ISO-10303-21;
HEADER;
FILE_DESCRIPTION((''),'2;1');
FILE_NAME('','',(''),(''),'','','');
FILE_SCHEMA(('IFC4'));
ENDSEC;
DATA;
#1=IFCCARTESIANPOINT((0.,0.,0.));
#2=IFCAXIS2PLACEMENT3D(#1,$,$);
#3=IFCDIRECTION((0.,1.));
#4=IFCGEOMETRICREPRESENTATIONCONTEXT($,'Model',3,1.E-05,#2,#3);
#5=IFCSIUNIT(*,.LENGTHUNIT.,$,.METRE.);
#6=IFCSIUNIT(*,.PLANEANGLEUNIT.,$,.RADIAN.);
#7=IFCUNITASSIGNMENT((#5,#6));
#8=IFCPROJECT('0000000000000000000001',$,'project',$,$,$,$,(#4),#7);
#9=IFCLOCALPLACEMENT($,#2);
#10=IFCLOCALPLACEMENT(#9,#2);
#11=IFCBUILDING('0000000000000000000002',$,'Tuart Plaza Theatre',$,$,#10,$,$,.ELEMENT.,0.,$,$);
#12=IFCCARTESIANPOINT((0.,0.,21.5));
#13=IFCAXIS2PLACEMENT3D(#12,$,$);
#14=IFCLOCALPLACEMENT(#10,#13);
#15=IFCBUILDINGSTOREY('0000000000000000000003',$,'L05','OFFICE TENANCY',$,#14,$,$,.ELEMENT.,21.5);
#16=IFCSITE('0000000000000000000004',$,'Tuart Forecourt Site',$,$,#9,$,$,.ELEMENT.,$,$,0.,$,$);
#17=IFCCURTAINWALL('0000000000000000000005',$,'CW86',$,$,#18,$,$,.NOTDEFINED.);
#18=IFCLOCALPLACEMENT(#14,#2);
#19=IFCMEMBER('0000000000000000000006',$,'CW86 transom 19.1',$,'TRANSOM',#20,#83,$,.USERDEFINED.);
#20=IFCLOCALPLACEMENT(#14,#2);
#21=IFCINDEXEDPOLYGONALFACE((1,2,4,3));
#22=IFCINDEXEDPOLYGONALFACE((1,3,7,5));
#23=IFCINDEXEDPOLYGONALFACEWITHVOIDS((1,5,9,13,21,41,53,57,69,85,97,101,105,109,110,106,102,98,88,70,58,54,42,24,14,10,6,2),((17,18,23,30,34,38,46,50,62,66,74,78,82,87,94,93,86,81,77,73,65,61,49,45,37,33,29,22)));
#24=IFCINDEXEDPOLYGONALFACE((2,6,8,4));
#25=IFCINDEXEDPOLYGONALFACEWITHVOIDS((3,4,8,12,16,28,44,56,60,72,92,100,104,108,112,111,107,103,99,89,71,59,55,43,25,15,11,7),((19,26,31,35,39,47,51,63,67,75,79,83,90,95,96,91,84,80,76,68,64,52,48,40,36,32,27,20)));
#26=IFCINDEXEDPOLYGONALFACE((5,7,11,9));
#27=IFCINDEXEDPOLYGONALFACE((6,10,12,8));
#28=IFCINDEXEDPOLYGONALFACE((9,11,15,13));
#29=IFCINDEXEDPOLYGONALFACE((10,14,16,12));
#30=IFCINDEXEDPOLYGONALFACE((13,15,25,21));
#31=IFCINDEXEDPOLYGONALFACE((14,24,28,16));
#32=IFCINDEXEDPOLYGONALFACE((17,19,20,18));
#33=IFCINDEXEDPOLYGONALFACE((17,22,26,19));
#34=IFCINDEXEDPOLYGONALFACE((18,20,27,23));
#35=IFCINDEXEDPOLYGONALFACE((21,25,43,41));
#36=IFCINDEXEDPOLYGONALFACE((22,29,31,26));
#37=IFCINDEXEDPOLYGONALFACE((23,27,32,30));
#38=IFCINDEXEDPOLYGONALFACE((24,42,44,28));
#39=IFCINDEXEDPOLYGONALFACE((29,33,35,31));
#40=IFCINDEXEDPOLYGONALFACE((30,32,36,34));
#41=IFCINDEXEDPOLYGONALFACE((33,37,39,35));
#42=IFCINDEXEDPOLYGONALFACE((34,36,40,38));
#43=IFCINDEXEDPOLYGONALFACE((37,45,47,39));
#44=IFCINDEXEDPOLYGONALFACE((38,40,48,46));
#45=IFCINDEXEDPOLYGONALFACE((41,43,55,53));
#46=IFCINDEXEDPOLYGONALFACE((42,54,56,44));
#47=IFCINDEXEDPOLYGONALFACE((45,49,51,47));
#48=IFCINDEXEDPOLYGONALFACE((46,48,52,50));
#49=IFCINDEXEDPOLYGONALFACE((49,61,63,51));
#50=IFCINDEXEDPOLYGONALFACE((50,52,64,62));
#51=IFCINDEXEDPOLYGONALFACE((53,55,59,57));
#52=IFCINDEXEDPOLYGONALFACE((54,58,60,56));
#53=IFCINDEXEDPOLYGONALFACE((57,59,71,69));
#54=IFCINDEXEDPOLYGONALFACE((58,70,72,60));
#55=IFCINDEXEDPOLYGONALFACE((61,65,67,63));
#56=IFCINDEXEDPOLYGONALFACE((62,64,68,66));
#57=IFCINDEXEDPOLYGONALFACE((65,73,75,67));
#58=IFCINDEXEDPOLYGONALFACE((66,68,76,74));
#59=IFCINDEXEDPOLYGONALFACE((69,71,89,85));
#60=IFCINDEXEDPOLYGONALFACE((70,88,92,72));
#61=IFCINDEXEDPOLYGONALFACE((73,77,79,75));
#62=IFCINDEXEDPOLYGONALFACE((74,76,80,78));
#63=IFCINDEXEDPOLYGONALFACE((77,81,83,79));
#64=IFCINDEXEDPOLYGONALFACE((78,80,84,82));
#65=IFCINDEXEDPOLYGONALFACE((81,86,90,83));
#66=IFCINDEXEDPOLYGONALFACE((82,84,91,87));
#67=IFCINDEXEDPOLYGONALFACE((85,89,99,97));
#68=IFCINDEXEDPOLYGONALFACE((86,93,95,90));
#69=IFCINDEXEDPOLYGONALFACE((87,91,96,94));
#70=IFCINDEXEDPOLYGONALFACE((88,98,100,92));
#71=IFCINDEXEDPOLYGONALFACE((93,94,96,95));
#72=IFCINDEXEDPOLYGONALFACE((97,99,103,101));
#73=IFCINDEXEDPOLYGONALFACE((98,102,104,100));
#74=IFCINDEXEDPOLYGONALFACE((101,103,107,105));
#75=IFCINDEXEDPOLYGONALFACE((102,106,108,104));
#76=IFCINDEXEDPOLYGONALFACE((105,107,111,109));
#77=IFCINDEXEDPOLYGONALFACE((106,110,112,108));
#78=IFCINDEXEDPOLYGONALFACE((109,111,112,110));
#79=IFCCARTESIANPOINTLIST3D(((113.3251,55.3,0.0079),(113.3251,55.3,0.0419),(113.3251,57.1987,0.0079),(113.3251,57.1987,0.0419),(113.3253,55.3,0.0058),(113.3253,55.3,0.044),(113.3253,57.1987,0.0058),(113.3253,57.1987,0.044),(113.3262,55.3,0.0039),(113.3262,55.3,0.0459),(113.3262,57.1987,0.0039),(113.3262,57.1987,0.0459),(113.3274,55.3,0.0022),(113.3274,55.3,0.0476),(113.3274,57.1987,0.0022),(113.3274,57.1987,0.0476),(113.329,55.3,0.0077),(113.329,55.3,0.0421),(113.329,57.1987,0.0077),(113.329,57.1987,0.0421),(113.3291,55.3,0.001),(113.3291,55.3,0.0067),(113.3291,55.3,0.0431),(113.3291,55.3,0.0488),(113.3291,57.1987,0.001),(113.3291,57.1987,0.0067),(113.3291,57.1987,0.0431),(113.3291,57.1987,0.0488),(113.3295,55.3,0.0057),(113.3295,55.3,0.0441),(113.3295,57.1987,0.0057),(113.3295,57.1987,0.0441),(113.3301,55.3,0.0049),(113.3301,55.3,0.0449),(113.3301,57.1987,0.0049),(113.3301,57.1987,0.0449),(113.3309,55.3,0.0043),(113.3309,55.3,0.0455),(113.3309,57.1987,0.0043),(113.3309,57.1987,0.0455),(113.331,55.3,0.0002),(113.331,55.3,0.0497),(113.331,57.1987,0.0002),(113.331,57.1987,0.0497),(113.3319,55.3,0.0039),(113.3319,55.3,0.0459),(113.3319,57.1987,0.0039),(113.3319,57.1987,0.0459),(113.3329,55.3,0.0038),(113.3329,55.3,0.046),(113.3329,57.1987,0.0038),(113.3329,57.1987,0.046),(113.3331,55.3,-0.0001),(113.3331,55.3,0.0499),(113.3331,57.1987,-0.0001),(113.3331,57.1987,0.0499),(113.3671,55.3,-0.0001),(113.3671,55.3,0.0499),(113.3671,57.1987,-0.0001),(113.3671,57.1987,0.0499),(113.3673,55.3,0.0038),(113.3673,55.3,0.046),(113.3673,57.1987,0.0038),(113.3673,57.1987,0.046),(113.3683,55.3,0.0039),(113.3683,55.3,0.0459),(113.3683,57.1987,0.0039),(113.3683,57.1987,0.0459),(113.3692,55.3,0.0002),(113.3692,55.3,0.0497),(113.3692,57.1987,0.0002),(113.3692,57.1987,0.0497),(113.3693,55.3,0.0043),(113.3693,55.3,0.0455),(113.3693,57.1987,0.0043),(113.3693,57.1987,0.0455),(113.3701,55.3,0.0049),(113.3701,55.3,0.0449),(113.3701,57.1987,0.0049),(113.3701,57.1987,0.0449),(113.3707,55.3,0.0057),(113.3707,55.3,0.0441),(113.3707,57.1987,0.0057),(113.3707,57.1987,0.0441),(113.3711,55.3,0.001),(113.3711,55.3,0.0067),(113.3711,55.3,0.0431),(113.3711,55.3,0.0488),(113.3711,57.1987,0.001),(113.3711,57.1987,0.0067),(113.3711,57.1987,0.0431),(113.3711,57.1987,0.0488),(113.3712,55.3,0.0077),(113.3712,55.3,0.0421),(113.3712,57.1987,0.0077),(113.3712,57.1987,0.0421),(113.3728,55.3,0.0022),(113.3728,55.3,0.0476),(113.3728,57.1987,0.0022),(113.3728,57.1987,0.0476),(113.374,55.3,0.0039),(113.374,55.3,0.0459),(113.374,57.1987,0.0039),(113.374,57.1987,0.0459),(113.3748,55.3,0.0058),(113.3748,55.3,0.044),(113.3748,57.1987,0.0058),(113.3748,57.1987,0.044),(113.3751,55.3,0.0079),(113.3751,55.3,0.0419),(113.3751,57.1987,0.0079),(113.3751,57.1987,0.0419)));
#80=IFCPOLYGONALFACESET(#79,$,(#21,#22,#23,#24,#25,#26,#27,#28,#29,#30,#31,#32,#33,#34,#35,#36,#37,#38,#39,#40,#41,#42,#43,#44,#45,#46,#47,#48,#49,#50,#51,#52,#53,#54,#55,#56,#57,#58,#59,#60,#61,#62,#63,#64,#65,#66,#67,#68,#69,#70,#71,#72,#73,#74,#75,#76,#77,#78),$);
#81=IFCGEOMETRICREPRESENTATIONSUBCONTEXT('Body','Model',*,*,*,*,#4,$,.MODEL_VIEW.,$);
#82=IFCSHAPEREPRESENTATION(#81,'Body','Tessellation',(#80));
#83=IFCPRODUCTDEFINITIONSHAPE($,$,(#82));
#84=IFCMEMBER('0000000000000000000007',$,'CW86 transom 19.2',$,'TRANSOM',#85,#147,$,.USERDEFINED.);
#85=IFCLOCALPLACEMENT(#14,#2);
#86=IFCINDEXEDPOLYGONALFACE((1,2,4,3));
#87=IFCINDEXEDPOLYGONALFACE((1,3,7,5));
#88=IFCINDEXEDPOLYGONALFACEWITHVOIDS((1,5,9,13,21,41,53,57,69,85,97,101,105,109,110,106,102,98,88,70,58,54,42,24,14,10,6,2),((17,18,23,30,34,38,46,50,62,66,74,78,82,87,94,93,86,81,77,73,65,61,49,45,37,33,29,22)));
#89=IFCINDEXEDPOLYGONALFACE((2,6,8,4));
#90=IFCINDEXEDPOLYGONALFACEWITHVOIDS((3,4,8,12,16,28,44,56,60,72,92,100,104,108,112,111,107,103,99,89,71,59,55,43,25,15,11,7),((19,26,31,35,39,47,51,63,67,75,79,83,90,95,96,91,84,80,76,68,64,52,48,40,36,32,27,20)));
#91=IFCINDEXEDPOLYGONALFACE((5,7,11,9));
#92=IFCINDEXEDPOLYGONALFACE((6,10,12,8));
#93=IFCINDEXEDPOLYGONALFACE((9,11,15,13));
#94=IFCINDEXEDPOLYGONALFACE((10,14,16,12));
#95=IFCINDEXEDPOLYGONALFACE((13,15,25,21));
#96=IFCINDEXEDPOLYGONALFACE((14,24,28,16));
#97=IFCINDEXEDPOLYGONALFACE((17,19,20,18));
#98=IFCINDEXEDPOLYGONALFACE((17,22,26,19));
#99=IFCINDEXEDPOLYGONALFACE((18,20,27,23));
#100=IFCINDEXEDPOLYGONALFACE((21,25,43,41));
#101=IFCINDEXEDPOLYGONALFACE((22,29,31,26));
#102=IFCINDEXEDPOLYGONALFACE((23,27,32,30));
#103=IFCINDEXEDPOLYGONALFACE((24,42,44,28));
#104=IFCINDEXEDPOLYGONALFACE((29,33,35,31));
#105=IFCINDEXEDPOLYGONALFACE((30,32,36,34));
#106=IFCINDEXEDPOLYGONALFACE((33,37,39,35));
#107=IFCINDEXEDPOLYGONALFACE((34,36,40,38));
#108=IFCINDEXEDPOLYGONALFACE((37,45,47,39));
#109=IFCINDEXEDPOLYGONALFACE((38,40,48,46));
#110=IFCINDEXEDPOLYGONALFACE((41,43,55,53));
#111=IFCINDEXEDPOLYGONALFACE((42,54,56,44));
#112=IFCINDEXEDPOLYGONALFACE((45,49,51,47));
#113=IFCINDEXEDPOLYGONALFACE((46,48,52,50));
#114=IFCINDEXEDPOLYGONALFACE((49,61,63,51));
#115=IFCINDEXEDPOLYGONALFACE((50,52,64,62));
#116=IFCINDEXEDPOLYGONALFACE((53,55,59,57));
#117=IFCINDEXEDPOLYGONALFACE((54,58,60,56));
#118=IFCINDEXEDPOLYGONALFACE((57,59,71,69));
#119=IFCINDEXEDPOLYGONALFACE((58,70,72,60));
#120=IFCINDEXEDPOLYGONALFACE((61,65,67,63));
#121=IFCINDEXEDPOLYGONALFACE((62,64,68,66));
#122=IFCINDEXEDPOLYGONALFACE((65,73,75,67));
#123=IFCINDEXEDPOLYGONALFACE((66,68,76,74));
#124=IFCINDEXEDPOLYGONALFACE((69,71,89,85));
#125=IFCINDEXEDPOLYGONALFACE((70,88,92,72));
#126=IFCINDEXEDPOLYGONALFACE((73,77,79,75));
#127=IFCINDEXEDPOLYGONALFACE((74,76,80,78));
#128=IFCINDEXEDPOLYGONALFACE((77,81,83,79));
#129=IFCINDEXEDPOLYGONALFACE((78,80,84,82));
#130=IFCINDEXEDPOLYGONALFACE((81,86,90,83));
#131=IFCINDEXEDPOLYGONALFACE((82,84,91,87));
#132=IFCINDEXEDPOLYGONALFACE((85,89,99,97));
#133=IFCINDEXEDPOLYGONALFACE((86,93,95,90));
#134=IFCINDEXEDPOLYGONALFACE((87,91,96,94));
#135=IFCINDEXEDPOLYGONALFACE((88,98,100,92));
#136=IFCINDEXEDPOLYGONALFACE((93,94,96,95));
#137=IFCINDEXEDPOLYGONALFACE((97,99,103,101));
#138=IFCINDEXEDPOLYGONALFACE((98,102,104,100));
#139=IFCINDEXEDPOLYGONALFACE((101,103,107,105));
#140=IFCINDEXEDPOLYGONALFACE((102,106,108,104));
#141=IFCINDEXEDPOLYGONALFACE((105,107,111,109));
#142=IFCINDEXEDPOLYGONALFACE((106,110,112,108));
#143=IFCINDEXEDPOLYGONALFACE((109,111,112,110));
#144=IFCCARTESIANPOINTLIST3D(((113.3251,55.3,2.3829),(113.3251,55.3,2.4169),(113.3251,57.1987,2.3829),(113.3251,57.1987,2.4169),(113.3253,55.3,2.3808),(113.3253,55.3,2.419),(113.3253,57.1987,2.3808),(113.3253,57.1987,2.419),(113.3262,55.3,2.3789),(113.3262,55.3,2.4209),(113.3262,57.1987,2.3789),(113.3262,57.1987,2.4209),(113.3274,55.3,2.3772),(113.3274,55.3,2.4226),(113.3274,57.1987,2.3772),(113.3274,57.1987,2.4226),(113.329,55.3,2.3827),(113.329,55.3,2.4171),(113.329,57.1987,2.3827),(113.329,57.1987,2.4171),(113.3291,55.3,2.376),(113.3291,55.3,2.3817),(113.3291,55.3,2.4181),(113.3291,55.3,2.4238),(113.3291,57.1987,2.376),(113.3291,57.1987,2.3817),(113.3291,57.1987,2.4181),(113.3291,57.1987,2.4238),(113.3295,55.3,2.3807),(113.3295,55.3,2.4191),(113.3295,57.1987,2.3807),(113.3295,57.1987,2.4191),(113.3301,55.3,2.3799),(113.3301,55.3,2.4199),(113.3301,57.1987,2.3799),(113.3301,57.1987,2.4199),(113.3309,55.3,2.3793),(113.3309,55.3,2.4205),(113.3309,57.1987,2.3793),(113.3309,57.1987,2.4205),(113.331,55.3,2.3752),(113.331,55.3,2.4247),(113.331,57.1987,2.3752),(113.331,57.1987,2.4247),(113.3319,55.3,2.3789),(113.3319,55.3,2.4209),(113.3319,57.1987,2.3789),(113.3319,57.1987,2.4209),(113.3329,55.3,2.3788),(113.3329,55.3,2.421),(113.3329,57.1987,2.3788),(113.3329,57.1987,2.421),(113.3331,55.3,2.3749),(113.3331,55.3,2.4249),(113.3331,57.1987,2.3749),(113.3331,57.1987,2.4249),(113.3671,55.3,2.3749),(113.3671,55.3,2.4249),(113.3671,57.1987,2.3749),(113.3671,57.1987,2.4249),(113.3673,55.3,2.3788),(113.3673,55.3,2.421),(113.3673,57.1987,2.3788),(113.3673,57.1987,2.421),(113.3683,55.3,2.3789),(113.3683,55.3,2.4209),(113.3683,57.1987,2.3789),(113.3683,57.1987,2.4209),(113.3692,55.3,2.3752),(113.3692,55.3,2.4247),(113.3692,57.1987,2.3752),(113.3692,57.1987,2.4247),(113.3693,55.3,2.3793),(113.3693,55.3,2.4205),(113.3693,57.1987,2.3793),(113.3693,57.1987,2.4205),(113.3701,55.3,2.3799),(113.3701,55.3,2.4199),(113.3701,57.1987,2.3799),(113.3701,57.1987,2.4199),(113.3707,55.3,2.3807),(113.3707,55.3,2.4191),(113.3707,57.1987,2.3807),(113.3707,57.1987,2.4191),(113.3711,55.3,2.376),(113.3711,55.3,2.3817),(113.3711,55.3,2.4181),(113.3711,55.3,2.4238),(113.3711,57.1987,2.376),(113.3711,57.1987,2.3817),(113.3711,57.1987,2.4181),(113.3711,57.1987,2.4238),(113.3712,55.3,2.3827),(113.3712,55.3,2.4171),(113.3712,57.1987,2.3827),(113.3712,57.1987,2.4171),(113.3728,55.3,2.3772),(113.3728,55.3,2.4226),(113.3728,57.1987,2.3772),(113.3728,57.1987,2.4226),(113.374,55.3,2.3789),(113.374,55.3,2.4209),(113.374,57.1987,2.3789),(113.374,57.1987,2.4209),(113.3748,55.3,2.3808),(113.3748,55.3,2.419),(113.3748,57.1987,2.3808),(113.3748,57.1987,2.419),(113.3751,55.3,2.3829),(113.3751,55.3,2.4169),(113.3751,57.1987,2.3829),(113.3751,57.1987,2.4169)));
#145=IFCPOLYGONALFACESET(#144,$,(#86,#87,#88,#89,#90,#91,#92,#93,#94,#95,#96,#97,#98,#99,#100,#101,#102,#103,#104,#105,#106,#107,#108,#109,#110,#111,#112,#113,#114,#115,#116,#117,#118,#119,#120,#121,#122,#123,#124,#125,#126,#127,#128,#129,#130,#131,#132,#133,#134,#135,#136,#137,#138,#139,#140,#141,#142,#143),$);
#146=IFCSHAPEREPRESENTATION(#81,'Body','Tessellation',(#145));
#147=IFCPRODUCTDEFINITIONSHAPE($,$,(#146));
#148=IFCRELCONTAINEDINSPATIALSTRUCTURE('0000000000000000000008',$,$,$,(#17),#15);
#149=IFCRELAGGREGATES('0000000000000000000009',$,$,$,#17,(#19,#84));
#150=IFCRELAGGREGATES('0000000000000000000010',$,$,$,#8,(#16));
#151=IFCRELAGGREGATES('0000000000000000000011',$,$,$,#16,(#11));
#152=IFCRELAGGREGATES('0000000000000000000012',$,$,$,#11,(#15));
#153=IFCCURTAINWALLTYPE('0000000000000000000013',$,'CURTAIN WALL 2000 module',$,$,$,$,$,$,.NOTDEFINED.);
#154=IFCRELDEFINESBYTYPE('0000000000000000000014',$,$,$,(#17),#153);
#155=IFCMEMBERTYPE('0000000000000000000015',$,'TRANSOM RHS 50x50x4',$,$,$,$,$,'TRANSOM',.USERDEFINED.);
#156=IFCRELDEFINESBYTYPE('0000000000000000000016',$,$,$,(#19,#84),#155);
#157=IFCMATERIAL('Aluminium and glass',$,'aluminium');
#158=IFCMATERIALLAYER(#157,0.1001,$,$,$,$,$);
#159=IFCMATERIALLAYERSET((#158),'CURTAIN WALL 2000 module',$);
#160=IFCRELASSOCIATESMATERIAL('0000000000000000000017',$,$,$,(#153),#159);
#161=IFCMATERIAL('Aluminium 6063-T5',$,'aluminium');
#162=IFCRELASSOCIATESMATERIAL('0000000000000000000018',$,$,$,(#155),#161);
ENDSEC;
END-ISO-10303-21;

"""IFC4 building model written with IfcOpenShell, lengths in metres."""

from ifc_helpers import new_model, si_unit, direction, frame, origin, origin_2d, place, context, subcontext, project, spatial, hollow_rectangle, extrude, material, layer, layer_set, material_profile, profile_set, type_object, element, aggregate, save


model = new_model("IFC4")

# Units and contexts
model_context = context("Model", 3, precision=1e-05, world=origin(), true_north=direction((0.0, 1.0)))
body_context = subcontext(model_context, "Body", "Model", "MODEL_VIEW")
ifc_project = project(units=[si_unit("LENGTHUNIT", "METRE"), si_unit("PLANEANGLEUNIT", "RADIAN")], contexts=[model_context])

# Site, building, storey
site_placement = place(None, origin())
site = spatial("IfcSite", under=ifc_project, at=site_placement, Name="Tuart Forecourt Site", CompositionType="ELEMENT", RefElevation=0.0)
building_placement = place(site_placement, origin())
building = spatial("IfcBuilding", under=site, at=building_placement, Name="Tuart Plaza Theatre", CompositionType="ELEMENT", ElevationOfRefHeight=0.0)
storey_placement = place(building_placement, frame((0.0, 0.0, 21.5)))
storey = spatial("IfcBuildingStorey", under=building, at=storey_placement, Name="L05", Description="OFFICE TENANCY", CompositionType="ELEMENT", Elevation=21.5)

# Curtain wall
ifc_material_1 = material(Name="Aluminium and glass", Category="aluminium")
ifc_layer_1 = layer(ifc_material_1, 0.1001)
ifc_layer_set_1 = layer_set([ifc_layer_1], Name="CURTAIN WALL 2000 module")
curtain_wall_type = type_object("IfcCurtainWallType", Name="CURTAIN WALL 2000 module", PredefinedType="NOTDEFINED", material=ifc_layer_set_1)
curtain_wall_1_placement = place(storey_placement, origin())
curtain_wall_1 = element("IfcCurtainWall", 1, at=curtain_wall_1_placement, inside=storey, type_object=curtain_wall_type, Name="CW86", PredefinedType="NOTDEFINED")

# Members
ifc_material_2 = material(Name="Aluminium 6063-T5", Category="aluminium")
ifc_material_profile_1 = material_profile(ifc_material_2, hollow_rectangle(XDim=0.05, YDim=0.05, WallThickness=0.0039, InnerFilletRadius=0.0039, OuterFilletRadius=0.0081, at=origin_2d()), Name="RHS 50x50x4")
ifc_profile_set_1 = profile_set([ifc_material_profile_1], Name="Aluminium 6063-T5")
member_type_1 = type_object("IfcMemberType", Name="TRANSOM RHS 50x50x4", ElementType="TRANSOM", PredefinedType="USERDEFINED", material=ifc_profile_set_1)
member_1_placement = place(storey_placement, frame((113.3501, 57.1987, 0.0249), z_axis=(0.0, -1.0, 0.0), x_axis=(1.0, 0.0, 0.0)))
member_1 = element("IfcMember", 2, at=member_1_placement, type_object=member_type_1, Name="CW86 transom 19.1", ObjectType="TRANSOM", PredefinedType="USERDEFINED", context=body_context, shape_type="SweptSolid", body=[
    extrude(hollow_rectangle(XDim=0.05, YDim=0.05, WallThickness=0.0039, InnerFilletRadius=0.0039, OuterFilletRadius=0.0081, at=origin_2d()), origin(), (0.0, 0.0, 1.0), 1.8987),
])
member_2_placement = place(storey_placement, frame((113.3501, 57.1987, 2.3999), z_axis=(0.0, -1.0, 0.0), x_axis=(1.0, 0.0, 0.0)))
member_2 = element("IfcMember", 3, at=member_2_placement, type_object=member_type_1, Name="CW86 transom 19.2", ObjectType="TRANSOM", PredefinedType="USERDEFINED", context=body_context, shape_type="SweptSolid", body=[
    extrude(hollow_rectangle(XDim=0.05, YDim=0.05, WallThickness=0.0039, InnerFilletRadius=0.0039, OuterFilletRadius=0.0081, at=origin_2d()), origin(), (0.0, 0.0, 1.0), 1.8987),
])

aggregate(curtain_wall_1, [member_1, member_2])

save(model, "model.ifc")
